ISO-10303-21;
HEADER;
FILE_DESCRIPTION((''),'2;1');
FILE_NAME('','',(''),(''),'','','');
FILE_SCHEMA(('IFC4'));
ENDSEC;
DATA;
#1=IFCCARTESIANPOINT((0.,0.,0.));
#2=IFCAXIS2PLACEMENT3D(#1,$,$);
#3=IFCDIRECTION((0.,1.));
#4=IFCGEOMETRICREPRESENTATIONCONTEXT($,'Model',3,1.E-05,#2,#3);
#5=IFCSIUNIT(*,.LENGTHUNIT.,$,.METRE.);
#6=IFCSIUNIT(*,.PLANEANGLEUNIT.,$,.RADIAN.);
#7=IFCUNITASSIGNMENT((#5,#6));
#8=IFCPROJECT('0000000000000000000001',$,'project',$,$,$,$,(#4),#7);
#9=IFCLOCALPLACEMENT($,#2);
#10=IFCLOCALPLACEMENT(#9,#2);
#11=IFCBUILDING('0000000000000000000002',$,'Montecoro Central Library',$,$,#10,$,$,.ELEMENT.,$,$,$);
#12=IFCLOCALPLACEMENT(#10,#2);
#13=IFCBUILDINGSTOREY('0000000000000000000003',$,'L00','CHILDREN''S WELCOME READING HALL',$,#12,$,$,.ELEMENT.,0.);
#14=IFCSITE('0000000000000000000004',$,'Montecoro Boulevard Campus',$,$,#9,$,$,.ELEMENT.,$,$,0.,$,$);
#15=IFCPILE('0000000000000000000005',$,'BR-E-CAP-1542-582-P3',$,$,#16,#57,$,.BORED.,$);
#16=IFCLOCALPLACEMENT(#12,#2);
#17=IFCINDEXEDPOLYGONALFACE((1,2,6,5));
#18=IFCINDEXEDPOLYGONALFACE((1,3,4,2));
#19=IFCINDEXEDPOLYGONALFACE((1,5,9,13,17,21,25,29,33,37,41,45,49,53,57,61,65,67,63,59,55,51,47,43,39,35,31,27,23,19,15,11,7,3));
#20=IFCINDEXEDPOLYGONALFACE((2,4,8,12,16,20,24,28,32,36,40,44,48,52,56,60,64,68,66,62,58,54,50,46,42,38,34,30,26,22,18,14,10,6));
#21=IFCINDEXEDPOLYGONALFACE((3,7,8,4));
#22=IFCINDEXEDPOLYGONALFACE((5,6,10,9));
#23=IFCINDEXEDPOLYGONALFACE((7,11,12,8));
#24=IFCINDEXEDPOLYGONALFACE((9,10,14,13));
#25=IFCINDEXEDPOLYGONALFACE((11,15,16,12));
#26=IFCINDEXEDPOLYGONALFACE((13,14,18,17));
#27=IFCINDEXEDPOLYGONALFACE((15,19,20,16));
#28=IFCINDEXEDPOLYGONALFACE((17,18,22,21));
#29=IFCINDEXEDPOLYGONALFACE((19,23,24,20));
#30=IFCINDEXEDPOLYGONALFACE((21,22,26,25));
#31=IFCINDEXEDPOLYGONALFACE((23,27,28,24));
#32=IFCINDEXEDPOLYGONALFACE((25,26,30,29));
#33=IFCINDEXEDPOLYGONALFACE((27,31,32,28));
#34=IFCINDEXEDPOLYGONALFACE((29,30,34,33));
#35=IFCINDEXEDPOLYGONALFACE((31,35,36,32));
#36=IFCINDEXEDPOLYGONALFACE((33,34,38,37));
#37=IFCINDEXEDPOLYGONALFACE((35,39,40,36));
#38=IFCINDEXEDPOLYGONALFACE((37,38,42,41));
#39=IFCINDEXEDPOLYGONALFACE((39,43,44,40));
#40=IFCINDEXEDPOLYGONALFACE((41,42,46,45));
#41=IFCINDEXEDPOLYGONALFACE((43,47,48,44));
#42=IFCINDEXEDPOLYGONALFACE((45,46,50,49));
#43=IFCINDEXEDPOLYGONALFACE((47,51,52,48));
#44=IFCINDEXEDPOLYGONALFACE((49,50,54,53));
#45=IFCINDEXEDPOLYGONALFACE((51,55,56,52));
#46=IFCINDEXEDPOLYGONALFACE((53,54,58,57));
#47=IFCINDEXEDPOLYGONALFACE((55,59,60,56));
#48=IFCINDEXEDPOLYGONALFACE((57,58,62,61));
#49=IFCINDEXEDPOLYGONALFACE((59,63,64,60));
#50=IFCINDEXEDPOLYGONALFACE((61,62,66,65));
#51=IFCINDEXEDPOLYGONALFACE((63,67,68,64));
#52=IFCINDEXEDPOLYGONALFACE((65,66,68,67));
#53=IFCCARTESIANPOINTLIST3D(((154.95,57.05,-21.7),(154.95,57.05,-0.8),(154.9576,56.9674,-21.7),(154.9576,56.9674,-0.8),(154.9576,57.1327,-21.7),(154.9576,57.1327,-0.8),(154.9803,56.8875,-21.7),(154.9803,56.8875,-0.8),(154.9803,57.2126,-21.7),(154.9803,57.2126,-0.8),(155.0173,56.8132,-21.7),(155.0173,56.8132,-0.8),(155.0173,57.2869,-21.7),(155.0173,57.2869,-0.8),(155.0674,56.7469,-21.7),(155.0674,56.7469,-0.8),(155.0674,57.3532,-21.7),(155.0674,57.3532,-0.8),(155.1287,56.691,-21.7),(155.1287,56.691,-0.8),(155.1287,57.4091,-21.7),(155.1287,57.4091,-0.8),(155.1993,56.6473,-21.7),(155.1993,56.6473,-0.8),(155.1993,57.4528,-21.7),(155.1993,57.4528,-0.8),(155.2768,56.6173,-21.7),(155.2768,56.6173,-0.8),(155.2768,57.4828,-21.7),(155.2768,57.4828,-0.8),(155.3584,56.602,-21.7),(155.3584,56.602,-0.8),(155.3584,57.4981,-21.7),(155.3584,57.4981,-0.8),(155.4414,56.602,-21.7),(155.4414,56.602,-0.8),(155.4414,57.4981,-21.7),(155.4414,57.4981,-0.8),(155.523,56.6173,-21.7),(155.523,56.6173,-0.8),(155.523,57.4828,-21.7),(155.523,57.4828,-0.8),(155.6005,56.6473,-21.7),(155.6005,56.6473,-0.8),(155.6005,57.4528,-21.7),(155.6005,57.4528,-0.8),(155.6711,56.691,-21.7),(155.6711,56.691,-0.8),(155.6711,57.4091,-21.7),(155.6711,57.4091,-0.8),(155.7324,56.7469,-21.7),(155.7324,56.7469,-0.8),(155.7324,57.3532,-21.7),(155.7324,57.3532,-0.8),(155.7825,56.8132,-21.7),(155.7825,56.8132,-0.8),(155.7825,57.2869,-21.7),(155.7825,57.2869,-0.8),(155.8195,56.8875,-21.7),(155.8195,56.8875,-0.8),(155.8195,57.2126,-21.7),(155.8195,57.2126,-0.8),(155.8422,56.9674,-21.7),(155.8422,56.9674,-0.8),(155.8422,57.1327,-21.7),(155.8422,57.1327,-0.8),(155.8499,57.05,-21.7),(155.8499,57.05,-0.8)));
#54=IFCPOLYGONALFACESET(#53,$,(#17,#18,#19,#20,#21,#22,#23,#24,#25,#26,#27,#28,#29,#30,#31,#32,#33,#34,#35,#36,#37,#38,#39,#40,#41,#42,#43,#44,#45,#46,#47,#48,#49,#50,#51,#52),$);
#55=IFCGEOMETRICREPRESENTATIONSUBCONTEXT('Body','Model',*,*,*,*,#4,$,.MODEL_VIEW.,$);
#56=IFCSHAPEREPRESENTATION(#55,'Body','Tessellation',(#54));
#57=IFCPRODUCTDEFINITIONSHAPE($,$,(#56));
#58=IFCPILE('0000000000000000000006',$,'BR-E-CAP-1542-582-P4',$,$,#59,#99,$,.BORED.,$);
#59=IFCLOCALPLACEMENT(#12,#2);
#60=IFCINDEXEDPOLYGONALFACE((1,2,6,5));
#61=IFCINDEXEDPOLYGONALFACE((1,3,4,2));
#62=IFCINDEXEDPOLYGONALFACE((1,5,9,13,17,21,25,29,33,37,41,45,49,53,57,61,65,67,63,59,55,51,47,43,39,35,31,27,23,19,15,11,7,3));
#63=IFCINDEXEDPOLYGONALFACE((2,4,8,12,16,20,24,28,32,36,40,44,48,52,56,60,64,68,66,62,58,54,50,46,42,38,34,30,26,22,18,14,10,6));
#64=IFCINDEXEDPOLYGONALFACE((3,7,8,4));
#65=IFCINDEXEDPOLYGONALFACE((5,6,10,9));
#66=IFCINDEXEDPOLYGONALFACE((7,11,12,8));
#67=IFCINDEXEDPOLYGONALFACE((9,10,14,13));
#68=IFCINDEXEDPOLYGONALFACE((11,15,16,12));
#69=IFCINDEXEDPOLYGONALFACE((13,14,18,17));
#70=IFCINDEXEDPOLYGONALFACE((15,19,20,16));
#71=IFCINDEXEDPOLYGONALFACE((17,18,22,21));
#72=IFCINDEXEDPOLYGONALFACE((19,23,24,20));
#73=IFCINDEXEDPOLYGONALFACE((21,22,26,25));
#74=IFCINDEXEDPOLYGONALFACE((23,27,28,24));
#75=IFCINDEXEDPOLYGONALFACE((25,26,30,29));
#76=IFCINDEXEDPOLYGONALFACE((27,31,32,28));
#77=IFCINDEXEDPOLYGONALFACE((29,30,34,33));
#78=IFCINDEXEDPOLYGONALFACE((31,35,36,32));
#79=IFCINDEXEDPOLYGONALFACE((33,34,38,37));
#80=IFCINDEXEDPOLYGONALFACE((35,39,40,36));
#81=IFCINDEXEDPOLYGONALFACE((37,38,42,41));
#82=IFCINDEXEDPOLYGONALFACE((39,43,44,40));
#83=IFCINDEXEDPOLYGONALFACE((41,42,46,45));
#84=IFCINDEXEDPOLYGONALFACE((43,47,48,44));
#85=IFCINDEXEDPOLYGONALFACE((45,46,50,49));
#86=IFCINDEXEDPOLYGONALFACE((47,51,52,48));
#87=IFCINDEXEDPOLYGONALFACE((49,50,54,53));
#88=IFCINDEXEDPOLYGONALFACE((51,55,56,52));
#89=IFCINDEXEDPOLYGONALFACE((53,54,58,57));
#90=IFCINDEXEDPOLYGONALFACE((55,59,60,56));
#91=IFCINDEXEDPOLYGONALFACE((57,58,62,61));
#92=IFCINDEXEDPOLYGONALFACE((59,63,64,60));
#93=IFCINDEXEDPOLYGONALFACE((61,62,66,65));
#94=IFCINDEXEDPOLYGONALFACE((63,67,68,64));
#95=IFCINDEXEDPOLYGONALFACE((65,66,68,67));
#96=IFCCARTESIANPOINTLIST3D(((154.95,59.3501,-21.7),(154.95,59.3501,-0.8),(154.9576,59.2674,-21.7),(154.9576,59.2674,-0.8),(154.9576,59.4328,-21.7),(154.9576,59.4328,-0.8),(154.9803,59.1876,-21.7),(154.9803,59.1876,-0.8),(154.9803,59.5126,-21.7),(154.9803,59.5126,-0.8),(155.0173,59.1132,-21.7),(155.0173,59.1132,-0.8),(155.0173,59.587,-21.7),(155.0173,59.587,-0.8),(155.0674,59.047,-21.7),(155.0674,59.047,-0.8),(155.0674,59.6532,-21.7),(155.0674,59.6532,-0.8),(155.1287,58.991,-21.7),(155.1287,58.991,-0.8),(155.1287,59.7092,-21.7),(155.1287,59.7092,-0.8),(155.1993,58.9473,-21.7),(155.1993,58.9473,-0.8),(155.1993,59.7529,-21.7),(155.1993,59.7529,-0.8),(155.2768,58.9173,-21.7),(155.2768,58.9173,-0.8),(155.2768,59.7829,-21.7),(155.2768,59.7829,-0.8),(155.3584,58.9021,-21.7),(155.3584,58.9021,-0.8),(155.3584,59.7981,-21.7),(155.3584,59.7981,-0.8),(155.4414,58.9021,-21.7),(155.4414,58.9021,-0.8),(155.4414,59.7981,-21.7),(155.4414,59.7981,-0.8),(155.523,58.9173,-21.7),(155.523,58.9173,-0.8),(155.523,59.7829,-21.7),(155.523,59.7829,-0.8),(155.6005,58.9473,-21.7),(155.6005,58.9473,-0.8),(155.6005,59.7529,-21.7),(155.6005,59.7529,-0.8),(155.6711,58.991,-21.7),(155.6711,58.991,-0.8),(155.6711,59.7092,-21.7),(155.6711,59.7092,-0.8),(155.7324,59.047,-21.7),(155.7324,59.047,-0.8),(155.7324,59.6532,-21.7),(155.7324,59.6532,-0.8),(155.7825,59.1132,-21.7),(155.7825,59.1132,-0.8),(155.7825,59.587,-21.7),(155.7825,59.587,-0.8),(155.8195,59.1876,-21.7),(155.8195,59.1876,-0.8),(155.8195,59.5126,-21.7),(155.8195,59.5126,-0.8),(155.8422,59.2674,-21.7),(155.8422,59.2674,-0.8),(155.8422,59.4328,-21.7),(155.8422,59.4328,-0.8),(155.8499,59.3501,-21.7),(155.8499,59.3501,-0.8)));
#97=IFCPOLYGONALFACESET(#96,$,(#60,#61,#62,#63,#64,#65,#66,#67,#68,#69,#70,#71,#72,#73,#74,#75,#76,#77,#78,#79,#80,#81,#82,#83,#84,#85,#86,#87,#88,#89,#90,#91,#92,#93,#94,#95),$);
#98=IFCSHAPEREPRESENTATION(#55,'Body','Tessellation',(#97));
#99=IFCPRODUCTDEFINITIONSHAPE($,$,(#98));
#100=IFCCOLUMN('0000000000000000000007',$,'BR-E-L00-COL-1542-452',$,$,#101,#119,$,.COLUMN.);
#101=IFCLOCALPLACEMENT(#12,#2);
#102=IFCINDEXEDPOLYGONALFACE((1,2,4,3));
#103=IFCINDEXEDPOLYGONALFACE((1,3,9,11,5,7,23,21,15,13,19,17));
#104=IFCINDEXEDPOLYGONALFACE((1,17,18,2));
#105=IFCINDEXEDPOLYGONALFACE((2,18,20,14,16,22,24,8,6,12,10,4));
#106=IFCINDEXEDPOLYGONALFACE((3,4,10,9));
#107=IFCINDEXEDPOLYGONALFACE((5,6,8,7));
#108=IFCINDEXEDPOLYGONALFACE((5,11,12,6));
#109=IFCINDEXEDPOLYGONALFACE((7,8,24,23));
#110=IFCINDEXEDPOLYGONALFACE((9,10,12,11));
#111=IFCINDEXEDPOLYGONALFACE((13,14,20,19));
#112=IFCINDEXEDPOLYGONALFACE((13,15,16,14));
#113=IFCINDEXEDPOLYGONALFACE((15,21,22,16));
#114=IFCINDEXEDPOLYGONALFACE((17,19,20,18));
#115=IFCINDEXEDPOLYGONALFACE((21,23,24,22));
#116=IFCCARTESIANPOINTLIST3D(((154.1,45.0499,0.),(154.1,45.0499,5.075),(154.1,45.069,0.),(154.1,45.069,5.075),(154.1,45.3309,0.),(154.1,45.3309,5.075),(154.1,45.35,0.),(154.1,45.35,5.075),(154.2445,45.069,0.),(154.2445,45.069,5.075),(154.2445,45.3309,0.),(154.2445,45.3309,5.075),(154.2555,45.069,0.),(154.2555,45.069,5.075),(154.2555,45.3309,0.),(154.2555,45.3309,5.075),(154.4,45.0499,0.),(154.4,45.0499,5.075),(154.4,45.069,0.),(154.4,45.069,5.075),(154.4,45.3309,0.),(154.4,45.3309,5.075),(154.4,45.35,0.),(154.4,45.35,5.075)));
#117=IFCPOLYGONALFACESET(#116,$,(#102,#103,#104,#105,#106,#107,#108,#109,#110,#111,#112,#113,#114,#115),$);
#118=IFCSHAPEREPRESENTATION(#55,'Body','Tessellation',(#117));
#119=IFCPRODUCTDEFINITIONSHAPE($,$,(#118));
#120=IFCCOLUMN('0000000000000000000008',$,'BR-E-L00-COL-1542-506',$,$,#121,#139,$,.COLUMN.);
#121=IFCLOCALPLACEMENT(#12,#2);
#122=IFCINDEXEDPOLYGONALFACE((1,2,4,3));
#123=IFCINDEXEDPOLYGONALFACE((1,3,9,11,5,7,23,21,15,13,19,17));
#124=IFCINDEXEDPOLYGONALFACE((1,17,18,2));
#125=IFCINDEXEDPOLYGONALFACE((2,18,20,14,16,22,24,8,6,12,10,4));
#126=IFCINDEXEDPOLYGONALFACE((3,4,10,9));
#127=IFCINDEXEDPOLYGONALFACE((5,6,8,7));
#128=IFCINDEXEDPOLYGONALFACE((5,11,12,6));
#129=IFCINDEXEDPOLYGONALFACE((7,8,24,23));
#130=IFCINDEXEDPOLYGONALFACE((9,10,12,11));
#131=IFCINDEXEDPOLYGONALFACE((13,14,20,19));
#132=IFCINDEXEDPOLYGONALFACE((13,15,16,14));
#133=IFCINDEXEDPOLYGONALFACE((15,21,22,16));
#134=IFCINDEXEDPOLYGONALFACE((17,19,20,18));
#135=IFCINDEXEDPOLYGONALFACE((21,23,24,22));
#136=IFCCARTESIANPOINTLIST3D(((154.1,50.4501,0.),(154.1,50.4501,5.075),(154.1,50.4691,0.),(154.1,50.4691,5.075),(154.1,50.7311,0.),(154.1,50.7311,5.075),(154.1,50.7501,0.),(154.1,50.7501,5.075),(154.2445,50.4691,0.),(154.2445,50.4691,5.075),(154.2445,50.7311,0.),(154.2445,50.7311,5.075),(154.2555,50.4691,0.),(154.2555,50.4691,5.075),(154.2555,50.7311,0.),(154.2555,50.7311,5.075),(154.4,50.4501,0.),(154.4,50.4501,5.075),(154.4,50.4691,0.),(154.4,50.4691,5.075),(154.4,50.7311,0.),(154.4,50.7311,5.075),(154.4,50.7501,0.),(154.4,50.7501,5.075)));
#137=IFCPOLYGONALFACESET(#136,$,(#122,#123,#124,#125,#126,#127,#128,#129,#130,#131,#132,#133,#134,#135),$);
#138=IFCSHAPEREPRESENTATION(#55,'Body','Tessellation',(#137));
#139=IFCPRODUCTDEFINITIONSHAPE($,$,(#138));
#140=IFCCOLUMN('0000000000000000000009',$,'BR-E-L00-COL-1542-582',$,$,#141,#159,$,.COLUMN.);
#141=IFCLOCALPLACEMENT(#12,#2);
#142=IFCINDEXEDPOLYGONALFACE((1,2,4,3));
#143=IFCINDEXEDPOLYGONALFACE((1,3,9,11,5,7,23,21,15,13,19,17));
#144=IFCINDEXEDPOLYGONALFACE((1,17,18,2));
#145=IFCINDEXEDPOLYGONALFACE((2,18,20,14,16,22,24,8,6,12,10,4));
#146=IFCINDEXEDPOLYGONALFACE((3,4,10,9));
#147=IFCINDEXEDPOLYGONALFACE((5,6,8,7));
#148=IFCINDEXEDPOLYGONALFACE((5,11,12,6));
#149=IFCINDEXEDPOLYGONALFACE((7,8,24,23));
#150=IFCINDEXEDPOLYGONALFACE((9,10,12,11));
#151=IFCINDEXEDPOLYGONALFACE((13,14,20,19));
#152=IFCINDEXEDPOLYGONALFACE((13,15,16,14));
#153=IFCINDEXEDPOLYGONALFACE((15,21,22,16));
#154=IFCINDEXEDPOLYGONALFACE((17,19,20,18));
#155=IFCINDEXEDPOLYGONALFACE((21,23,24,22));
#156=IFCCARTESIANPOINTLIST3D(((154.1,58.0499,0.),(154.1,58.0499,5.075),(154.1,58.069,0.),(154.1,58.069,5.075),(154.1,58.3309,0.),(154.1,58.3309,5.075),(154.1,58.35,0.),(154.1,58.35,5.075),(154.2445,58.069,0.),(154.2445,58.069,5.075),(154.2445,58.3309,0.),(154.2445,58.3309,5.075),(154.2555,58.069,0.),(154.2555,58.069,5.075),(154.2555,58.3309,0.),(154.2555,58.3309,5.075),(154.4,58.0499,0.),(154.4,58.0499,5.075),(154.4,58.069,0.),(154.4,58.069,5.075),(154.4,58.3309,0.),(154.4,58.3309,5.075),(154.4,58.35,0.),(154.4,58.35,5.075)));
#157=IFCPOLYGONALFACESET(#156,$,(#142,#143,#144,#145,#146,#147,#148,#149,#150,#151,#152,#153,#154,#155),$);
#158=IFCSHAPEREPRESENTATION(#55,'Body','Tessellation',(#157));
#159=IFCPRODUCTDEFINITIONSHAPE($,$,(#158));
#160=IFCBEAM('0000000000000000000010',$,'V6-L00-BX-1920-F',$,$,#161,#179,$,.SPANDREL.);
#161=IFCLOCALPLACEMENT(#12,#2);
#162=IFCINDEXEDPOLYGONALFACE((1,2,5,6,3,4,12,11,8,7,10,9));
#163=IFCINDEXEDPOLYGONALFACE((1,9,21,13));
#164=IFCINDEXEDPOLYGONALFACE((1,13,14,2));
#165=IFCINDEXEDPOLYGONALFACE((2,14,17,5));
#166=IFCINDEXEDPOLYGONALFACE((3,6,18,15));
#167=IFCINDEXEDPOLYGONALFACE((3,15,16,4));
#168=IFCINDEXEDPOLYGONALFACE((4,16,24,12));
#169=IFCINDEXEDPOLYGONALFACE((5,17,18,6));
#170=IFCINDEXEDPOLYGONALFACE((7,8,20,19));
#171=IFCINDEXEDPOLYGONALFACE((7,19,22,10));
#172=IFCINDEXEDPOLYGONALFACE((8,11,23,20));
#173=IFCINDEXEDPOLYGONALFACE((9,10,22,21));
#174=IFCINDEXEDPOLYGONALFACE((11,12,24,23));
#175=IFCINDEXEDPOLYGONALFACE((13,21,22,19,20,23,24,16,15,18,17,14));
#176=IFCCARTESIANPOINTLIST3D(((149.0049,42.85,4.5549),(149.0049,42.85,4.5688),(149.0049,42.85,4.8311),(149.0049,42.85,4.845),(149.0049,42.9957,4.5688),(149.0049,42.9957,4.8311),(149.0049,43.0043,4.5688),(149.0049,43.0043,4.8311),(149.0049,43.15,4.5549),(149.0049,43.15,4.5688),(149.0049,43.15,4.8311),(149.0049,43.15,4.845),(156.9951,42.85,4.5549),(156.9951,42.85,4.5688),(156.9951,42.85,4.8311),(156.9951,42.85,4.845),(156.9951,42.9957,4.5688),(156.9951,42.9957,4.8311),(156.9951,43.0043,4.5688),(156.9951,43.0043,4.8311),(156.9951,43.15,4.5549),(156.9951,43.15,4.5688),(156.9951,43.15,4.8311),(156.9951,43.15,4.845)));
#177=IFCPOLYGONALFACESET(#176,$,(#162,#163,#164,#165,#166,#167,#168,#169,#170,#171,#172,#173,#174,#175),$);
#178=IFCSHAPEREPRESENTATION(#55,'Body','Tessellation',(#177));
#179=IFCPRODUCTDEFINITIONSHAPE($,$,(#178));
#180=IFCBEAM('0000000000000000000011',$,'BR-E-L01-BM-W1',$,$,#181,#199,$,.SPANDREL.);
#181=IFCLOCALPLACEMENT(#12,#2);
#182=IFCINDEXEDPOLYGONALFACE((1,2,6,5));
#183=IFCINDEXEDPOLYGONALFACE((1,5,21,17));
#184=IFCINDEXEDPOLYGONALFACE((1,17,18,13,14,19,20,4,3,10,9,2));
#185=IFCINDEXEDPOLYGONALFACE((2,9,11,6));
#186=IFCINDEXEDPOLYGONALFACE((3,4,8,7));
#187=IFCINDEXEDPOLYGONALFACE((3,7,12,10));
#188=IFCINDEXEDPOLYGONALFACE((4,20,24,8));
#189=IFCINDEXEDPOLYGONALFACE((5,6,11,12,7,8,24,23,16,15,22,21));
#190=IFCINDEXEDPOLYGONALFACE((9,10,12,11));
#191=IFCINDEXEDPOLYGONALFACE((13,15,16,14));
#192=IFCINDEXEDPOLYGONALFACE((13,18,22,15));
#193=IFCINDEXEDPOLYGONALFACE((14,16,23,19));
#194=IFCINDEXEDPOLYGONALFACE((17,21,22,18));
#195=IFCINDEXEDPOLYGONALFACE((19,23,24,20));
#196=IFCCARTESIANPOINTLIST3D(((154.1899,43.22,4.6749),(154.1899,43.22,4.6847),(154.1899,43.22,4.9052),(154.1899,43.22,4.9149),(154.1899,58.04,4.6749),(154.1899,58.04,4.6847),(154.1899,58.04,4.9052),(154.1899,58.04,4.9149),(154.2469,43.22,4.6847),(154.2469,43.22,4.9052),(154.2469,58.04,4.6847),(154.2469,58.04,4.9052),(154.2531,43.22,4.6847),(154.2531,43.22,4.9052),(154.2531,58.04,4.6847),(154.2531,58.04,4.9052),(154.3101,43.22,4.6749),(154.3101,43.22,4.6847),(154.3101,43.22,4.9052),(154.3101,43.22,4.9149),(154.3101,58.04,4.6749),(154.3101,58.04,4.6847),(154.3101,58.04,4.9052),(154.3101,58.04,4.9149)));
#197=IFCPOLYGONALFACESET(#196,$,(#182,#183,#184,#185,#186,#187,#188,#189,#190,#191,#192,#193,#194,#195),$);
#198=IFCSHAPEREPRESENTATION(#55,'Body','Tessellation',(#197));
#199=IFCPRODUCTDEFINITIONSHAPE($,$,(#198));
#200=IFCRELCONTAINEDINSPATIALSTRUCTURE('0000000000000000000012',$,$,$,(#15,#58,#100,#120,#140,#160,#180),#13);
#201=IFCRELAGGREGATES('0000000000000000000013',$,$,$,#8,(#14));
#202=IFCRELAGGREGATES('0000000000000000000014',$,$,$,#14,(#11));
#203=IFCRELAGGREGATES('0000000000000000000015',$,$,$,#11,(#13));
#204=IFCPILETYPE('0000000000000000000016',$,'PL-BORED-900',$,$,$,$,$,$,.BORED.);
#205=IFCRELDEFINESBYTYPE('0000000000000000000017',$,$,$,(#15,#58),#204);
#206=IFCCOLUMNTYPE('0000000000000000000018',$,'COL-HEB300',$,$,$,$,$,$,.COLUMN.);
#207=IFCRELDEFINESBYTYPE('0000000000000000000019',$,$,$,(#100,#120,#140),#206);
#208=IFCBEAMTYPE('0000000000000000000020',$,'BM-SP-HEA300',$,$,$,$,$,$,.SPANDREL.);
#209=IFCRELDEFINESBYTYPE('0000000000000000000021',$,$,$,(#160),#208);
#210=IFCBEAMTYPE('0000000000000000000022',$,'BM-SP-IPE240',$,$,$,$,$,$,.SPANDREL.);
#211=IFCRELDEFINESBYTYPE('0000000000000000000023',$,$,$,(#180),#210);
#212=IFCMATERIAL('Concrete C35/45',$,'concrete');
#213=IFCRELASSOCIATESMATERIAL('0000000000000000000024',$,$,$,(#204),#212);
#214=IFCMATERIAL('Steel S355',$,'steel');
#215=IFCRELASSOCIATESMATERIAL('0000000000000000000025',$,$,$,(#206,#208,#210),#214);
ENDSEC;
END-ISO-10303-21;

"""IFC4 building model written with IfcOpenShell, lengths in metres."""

from ifc_helpers import new_model, si_unit, direction, frame, origin, origin_2d, place, context, subcontext, project, spatial, circle, i_section, extrude, material, material_profile, profile_set, type_object, element, save


model = new_model("IFC4")

# Units and contexts
model_context = context("Model", 3, precision=1e-05, world=origin(), true_north=direction((0.0, 1.0)))
body_context = subcontext(model_context, "Body", "Model", "MODEL_VIEW")
ifc_project = project(units=[si_unit("LENGTHUNIT", "METRE"), si_unit("PLANEANGLEUNIT", "RADIAN")], contexts=[model_context])

# Site, building, storey
site_placement = place(None, origin())
site = spatial("IfcSite", under=ifc_project, at=site_placement, Name="Montecoro Boulevard Campus", CompositionType="ELEMENT", RefElevation=0.0)
building_placement = place(site_placement, origin())
building = spatial("IfcBuilding", under=site, at=building_placement, Name="Montecoro Central Library", CompositionType="ELEMENT")
storey_placement = place(building_placement, origin())
storey = spatial("IfcBuildingStorey", under=building, at=storey_placement, Name="L00", Description="CHILDREN'S WELCOME READING HALL", CompositionType="ELEMENT", Elevation=0.0)

# Shared definitions
ifc_material_1 = material(Name="Concrete C35/45", Category="concrete")

# Piles
ifc_material_profile_1 = material_profile(ifc_material_1, circle(Radius=0.45, at=origin_2d()), Name="PILE D900")
ifc_profile_set_1 = profile_set([ifc_material_profile_1], Name="Concrete C35/45")
pile_type_1 = type_object("IfcPileType", Name="PL-BORED-900", PredefinedType="BORED", material=ifc_profile_set_1)
for number, where, z_axis, x_axis, name in (
    (1, (155.3999, 57.05, -0.8), (0.0, 0.0, -1.0), (1.0, 0.0, 0.0), "BR-E-CAP-1542-582-P3"),
    (2, (155.3999, 59.3501, -0.8), (0.0, 0.0, -1.0), (1.0, 0.0, 0.0), "BR-E-CAP-1542-582-P4"),
):
    element("IfcPile", number, at=place(storey_placement, frame(where, z_axis=z_axis, x_axis=x_axis)), inside=storey, type_object=pile_type_1, Name=name, PredefinedType="BORED", context=body_context, shape_type="SweptSolid", body=[
        extrude(circle(Radius=0.45, at=origin_2d()), origin(), (0.0, 0.0, 1.0), 20.8999),
    ])

# Columns
ifc_material_2 = material(Name="Steel S355", Category="steel")
ifc_material_profile_2 = material_profile(ifc_material_2, i_section(OverallWidth=0.3, OverallDepth=0.3, WebThickness=0.011, FlangeThickness=0.019, at=origin_2d()), Name="HEB 300")
ifc_profile_set_2 = profile_set([ifc_material_profile_2], Name="Steel S355")
column_type = type_object("IfcColumnType", Name="COL-HEB300", PredefinedType="COLUMN", material=ifc_profile_set_2)
for number, where, z_axis, x_axis, name in (
    (3, (154.25, 45.2, 0.0), (0.0, 0.0, 1.0), (1.0, 0.0, 0.0), "BR-E-L00-COL-1542-452"),
    (4, (154.25, 50.6001, 0.0), (0.0, 0.0, 1.0), (1.0, 0.0, 0.0), "BR-E-L00-COL-1542-506"),
    (5, (154.25, 58.2, 0.0), (0.0, 0.0, 1.0), (1.0, 0.0, 0.0), "BR-E-L00-COL-1542-582"),
):
    element("IfcColumn", number, at=place(storey_placement, frame(where, z_axis=z_axis, x_axis=x_axis)), inside=storey, type_object=column_type, Name=name, PredefinedType="COLUMN", context=body_context, shape_type="SweptSolid", body=[
        extrude(i_section(OverallWidth=0.3, OverallDepth=0.3, WebThickness=0.011, FlangeThickness=0.019, at=origin_2d()), origin(), (0.0, 0.0, 1.0), 5.075),
    ])

# Beams
ifc_material_profile_3 = material_profile(ifc_material_2, i_section(OverallWidth=0.3, OverallDepth=0.29, WebThickness=0.0085, FlangeThickness=0.0139, at=origin_2d()), Name="HEA 300")
ifc_profile_set_3 = profile_set([ifc_material_profile_3], Name="Steel S355")
beam_type_1 = type_object("IfcBeamType", Name="BM-SP-HEA300", PredefinedType="SPANDREL", material=ifc_profile_set_3)
beam_1_placement = place(storey_placement, frame((149.0049, 43.0, 4.7), z_axis=(1.0, 0.0, 0.0), x_axis=(0.0, 1.0, 0.0)))
element("IfcBeam", 6, at=beam_1_placement, inside=storey, type_object=beam_type_1, Name="V6-L00-BX-1920-F", PredefinedType="SPANDREL", context=body_context, shape_type="SweptSolid", body=[
    extrude(i_section(OverallWidth=0.3, OverallDepth=0.29, WebThickness=0.0085, FlangeThickness=0.0139, at=origin_2d()), origin(), (0.0, 0.0, 1.0), 7.9902),
])
ifc_material_profile_4 = material_profile(ifc_material_2, i_section(OverallWidth=0.1201, OverallDepth=0.24, WebThickness=0.0061, FlangeThickness=0.0098, at=origin_2d()), Name="IPE 240")
ifc_profile_set_4 = profile_set([ifc_material_profile_4], Name="Steel S355")
beam_type_2 = type_object("IfcBeamType", Name="BM-SP-IPE240", PredefinedType="SPANDREL", material=ifc_profile_set_4)
beam_2_placement = place(storey_placement, frame((154.25, 43.22, 4.7949), z_axis=(0.0, 1.0, 0.0), x_axis=(-1.0, 0.0, 0.0)))
element("IfcBeam", 7, at=beam_2_placement, inside=storey, type_object=beam_type_2, Name="BR-E-L01-BM-W1", PredefinedType="SPANDREL", context=body_context, shape_type="SweptSolid", body=[
    extrude(i_section(OverallWidth=0.1201, OverallDepth=0.24, WebThickness=0.0061, FlangeThickness=0.0098, at=origin_2d()), origin(), (0.0, 0.0, 1.0), 14.8201),
])

save(model, "model.ifc")
